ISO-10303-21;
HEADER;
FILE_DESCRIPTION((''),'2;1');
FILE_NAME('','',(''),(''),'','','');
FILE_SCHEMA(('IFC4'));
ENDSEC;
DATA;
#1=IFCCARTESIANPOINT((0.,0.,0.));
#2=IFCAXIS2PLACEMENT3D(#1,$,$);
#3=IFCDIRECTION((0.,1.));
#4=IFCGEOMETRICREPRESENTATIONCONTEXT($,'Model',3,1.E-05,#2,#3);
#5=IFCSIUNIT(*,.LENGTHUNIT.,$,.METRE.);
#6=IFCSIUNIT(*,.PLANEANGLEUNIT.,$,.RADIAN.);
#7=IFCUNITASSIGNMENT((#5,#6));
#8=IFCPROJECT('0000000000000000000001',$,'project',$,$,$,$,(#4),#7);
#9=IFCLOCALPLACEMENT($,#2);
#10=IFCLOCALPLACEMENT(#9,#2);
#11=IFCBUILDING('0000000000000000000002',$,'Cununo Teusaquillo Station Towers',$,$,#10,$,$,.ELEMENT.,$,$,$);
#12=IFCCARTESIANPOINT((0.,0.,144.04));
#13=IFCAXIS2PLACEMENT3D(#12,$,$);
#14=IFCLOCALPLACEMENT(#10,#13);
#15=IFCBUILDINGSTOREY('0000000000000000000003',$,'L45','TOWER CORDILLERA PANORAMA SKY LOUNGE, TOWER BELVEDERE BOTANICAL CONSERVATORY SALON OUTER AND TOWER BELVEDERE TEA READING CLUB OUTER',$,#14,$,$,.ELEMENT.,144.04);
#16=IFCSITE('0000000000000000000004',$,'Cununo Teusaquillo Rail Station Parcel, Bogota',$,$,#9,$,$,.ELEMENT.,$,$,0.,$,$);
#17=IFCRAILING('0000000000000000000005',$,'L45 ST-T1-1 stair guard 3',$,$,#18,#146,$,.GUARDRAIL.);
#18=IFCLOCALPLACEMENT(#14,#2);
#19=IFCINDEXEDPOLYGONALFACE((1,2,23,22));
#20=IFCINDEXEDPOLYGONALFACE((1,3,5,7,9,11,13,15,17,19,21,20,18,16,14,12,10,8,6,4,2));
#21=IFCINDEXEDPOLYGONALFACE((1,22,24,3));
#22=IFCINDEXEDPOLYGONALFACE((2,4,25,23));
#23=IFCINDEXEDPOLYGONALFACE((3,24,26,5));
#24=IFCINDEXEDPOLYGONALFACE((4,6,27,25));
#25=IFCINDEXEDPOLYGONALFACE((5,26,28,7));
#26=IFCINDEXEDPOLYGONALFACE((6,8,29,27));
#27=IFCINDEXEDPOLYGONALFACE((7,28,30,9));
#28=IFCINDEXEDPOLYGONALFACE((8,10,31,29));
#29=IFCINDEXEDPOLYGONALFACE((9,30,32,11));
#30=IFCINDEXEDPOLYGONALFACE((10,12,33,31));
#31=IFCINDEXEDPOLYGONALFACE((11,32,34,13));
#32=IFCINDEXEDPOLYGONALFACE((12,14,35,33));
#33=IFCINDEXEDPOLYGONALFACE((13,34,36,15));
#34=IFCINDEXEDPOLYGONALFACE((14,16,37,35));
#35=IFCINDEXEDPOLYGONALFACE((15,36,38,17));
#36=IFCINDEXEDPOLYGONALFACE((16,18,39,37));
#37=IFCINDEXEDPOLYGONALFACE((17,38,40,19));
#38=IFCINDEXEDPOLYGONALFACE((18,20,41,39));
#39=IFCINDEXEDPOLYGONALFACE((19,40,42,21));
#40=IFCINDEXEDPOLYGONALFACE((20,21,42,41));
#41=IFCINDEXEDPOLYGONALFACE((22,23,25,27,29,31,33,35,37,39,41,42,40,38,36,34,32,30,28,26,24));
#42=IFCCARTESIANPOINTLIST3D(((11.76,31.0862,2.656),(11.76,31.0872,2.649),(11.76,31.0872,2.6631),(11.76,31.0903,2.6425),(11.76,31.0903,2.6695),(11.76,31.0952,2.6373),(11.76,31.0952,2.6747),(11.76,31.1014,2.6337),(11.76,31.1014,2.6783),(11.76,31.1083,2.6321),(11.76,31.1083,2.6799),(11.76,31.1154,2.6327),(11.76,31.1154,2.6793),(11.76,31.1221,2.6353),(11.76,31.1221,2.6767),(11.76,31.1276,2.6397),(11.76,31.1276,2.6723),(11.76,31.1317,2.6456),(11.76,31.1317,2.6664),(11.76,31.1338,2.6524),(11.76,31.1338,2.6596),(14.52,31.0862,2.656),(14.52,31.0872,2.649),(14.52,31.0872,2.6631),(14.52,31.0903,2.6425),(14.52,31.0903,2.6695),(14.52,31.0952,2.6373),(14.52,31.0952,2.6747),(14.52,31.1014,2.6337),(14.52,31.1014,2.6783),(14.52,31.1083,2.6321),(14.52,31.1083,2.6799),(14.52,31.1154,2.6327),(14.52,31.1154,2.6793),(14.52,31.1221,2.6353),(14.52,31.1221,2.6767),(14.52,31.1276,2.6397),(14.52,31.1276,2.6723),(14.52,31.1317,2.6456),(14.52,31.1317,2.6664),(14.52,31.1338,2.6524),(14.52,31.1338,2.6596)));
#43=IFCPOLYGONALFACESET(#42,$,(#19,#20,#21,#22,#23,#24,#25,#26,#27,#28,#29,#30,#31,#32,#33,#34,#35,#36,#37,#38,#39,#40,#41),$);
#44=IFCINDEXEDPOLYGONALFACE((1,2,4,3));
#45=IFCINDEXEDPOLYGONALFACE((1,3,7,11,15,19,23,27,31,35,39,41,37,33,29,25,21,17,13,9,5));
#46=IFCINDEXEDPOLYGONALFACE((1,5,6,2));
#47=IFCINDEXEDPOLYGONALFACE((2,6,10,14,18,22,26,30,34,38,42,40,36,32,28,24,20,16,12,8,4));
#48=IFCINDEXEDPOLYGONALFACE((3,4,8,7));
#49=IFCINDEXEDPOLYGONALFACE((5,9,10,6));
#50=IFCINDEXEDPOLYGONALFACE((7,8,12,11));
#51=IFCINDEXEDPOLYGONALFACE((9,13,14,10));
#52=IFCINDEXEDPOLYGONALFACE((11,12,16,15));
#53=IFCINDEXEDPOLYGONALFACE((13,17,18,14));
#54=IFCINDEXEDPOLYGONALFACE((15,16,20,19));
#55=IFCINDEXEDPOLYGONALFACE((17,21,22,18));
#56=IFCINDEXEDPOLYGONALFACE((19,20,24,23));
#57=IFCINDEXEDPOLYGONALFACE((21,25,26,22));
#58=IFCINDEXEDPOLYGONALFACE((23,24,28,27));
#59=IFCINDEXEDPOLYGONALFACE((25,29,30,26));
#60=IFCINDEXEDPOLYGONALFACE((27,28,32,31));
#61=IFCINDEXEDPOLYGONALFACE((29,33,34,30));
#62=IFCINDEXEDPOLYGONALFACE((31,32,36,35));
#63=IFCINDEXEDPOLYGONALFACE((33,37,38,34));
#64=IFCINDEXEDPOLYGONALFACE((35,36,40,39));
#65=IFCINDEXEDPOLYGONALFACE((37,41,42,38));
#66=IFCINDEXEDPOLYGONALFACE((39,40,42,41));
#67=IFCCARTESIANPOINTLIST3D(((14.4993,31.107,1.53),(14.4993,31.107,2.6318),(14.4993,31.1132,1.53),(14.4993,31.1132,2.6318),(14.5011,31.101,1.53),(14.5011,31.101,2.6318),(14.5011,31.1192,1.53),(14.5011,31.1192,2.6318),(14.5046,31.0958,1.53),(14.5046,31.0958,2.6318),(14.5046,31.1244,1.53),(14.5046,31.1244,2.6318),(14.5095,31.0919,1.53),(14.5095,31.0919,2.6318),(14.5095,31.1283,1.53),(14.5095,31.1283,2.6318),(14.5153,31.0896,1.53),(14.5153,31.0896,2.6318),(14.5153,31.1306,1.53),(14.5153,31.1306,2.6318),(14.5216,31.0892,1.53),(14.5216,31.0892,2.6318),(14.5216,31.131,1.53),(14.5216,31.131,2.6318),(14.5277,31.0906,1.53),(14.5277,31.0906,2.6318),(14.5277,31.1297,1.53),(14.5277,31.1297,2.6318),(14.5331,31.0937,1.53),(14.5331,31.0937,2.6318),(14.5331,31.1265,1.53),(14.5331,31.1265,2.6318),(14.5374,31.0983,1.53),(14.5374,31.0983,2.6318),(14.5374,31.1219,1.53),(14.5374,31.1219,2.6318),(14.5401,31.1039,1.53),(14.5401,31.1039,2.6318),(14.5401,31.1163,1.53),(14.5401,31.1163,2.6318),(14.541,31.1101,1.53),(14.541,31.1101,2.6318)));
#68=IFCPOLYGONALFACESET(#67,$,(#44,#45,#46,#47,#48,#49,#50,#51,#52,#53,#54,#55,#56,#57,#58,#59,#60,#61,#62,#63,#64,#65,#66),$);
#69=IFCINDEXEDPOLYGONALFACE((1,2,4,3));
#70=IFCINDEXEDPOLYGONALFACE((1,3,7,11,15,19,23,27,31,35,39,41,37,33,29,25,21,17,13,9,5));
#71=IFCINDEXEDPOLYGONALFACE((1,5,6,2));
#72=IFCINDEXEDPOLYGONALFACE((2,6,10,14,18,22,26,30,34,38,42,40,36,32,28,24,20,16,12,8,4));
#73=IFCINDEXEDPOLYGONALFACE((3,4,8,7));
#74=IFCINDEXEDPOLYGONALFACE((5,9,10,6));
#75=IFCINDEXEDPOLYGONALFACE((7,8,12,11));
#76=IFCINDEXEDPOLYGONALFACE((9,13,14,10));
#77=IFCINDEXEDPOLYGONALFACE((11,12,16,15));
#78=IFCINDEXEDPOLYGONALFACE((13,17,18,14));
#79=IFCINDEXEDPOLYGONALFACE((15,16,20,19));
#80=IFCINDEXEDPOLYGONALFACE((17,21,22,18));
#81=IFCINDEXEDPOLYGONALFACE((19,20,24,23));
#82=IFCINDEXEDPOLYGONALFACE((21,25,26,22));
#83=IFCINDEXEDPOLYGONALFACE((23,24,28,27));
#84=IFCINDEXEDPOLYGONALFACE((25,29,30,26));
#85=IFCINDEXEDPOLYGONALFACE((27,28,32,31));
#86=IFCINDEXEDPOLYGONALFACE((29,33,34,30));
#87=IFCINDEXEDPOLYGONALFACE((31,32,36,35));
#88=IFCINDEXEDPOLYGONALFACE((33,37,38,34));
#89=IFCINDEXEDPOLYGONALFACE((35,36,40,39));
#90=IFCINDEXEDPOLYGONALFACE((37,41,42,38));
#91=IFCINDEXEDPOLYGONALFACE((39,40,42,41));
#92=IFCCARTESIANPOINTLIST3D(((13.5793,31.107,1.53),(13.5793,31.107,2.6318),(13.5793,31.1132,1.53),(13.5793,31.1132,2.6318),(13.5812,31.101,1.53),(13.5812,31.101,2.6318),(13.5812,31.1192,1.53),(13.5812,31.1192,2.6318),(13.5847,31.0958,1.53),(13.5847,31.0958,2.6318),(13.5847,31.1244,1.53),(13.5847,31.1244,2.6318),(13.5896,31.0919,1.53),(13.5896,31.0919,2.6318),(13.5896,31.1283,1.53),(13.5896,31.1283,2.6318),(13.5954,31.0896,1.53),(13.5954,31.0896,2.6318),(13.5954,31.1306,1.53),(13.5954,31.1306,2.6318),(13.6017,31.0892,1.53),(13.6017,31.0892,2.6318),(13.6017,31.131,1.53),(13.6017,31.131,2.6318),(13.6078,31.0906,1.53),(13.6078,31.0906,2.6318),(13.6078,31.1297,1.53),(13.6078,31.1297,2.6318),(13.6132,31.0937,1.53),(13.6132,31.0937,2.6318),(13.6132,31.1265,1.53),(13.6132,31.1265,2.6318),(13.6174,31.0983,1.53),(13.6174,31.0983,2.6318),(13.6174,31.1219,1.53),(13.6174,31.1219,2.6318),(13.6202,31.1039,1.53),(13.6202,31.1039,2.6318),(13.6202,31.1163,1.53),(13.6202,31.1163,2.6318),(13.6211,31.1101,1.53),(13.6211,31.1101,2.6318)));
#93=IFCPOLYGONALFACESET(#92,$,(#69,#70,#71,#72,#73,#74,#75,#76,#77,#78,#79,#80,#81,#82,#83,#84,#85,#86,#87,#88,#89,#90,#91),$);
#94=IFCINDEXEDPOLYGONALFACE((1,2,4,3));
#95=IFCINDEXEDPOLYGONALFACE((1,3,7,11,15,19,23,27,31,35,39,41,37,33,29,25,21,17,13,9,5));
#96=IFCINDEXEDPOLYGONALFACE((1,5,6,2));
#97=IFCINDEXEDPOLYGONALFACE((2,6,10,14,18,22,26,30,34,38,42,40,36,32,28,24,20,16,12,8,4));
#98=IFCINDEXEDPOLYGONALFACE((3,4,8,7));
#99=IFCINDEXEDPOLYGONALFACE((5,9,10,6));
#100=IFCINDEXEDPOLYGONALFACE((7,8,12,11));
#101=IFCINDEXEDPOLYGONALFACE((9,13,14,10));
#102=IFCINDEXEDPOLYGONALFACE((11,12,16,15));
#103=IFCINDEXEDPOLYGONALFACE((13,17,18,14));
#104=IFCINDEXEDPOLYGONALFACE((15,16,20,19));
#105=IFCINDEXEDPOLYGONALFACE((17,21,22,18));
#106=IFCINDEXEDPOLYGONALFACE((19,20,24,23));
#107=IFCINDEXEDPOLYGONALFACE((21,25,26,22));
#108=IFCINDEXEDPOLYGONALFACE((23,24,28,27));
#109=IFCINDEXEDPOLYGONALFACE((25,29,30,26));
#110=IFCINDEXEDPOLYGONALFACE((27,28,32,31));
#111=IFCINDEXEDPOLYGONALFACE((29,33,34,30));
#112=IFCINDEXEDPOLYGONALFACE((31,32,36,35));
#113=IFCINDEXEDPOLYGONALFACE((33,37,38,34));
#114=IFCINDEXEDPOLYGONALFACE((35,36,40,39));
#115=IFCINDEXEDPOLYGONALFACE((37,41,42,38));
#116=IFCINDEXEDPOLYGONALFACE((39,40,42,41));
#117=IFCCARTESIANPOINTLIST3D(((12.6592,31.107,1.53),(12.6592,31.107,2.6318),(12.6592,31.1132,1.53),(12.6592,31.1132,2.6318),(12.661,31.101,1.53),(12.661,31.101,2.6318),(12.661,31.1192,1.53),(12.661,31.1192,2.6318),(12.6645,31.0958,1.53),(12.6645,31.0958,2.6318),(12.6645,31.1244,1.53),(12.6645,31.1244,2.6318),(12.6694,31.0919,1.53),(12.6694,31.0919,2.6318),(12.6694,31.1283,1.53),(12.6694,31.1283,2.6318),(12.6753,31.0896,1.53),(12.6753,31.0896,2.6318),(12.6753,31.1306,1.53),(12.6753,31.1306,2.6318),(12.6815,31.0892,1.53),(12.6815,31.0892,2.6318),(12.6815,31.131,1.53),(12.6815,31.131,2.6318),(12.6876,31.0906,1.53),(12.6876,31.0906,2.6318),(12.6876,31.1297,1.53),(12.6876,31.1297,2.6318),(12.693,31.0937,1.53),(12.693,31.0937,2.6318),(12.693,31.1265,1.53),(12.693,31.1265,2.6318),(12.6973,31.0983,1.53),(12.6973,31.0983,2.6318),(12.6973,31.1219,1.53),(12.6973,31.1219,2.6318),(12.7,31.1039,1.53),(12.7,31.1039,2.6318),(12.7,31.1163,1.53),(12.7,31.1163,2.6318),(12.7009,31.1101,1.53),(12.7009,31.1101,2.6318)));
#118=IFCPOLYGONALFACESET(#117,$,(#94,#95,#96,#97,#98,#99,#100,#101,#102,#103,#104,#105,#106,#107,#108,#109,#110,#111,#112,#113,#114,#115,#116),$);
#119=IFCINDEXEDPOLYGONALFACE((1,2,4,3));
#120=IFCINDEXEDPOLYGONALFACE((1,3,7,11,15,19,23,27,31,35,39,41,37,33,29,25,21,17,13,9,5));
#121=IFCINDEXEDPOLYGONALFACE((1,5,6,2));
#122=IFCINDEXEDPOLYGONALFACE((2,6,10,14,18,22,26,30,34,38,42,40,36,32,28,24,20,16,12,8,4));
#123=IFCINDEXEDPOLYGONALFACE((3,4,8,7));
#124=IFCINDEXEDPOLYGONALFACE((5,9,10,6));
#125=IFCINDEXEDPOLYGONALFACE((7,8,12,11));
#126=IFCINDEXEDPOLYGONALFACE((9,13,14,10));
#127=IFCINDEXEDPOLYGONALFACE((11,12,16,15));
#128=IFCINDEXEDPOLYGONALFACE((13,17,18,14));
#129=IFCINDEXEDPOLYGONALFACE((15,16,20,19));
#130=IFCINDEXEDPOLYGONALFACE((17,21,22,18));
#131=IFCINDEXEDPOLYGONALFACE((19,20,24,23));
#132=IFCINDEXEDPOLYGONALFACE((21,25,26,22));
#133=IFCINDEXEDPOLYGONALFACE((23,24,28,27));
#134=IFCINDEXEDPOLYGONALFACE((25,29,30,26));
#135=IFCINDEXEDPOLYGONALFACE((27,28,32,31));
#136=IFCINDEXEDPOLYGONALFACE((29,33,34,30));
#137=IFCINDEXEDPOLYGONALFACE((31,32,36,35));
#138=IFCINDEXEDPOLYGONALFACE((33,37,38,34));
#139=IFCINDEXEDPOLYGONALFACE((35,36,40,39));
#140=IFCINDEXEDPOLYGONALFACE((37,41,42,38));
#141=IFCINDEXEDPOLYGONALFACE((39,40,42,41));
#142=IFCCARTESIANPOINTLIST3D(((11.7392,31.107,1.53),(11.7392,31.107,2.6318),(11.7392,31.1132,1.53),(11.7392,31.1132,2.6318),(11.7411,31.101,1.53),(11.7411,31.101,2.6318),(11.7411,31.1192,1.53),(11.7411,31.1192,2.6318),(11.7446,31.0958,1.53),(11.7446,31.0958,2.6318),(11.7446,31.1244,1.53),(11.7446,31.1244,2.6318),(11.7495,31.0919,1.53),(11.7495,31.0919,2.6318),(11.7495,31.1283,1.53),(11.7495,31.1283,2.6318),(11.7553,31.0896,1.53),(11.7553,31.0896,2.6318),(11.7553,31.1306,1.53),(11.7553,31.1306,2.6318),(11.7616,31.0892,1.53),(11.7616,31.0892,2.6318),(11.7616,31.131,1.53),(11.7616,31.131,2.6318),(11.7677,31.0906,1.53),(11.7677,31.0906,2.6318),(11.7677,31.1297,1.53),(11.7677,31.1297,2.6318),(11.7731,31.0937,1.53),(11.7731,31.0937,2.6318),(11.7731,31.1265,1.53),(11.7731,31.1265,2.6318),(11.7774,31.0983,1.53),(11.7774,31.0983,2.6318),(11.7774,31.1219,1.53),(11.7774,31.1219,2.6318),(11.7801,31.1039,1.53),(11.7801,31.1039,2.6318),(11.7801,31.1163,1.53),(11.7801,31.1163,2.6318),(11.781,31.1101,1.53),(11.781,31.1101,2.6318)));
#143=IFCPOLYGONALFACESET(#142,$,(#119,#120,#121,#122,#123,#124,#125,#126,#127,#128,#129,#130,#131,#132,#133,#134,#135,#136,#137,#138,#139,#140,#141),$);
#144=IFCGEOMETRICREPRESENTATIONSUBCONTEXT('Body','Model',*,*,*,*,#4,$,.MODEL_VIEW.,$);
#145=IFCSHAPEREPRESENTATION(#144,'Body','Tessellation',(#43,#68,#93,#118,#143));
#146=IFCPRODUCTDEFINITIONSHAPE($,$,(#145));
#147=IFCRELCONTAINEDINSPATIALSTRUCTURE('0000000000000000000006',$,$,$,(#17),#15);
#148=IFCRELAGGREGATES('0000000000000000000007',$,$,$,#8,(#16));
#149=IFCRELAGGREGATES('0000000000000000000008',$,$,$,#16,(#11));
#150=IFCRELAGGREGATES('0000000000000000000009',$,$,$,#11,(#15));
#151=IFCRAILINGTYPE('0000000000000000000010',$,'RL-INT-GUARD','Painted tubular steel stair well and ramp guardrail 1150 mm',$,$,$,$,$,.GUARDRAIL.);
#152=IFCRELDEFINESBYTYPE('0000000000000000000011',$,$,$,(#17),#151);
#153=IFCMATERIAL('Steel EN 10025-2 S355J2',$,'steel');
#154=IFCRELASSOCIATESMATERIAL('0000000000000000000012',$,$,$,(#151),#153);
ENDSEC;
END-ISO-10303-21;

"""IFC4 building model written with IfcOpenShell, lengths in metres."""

from ifc_helpers import new_model, si_unit, direction, frame, origin, origin_2d, place, context, subcontext, project, spatial, circle, extrude, material, type_object, element, save


model = new_model("IFC4")

# Units and contexts
model_context = context("Model", 3, precision=1e-05, world=origin(), true_north=direction((0.0, 1.0)))
body_context = subcontext(model_context, "Body", "Model", "MODEL_VIEW")
ifc_project = project(units=[si_unit("LENGTHUNIT", "METRE"), si_unit("PLANEANGLEUNIT", "RADIAN")], contexts=[model_context])

# Site, building, storey
site_placement = place(None, origin())
site = spatial("IfcSite", under=ifc_project, at=site_placement, Name="Cununo Teusaquillo Rail Station Parcel, Bogota", CompositionType="ELEMENT", RefElevation=0.0)
building_placement = place(site_placement, origin())
building = spatial("IfcBuilding", under=site, at=building_placement, Name="Cununo Teusaquillo Station Towers", CompositionType="ELEMENT")
storey_placement = place(building_placement, frame((0.0, 0.0, 144.04)))
storey = spatial("IfcBuildingStorey", under=building, at=storey_placement, Name="L45", Description="TOWER CORDILLERA PANORAMA SKY LOUNGE, TOWER BELVEDERE BOTANICAL CONSERVATORY SALON OUTER AND TOWER BELVEDERE TEA READING CLUB OUTER", CompositionType="ELEMENT", Elevation=144.04)

# Railing
ifc_material_1 = material(Name="Steel EN 10025-2 S355J2", Category="steel")
railing_type_1 = type_object("IfcRailingType", Name="RL-INT-GUARD", Description="Painted tubular steel stair well and ramp guardrail 1150 mm", PredefinedType="GUARDRAIL", material=ifc_material_1)
railing_1_placement = place(storey_placement, frame((14.52, 31.1101, 1.53)))
element("IfcRailing", 1, at=railing_1_placement, inside=storey, type_object=railing_type_1, Name="L45 ST-T1-1 stair guard 3", PredefinedType="GUARDRAIL", context=body_context, shape_type="SweptSolid", body=[
    extrude(circle(Radius=0.0239, at=origin_2d()), frame((0.0, 0.0, 1.126), z_axis=(-1.0, 0.0, 0.0), x_axis=(0.0, -1.0, 0.0)), (0.0, 0.0, 1.0), 2.76),
    extrude(circle(Radius=0.021, at=origin_2d()), origin(), (0.0, 0.0, 1.0), 1.1018),
    extrude(circle(Radius=0.021, at=origin_2d()), frame((-0.9199, 0.0, 0.0)), (0.0, 0.0, 1.0), 1.1018),
    extrude(circle(Radius=0.021, at=origin_2d()), frame((-1.8401, 0.0, 0.0)), (0.0, 0.0, 1.0), 1.1018),
    extrude(circle(Radius=0.021, at=origin_2d()), frame((-2.76, 0.0, 0.0)), (0.0, 0.0, 1.0), 1.1018),
])

save(model, "model.ifc")
